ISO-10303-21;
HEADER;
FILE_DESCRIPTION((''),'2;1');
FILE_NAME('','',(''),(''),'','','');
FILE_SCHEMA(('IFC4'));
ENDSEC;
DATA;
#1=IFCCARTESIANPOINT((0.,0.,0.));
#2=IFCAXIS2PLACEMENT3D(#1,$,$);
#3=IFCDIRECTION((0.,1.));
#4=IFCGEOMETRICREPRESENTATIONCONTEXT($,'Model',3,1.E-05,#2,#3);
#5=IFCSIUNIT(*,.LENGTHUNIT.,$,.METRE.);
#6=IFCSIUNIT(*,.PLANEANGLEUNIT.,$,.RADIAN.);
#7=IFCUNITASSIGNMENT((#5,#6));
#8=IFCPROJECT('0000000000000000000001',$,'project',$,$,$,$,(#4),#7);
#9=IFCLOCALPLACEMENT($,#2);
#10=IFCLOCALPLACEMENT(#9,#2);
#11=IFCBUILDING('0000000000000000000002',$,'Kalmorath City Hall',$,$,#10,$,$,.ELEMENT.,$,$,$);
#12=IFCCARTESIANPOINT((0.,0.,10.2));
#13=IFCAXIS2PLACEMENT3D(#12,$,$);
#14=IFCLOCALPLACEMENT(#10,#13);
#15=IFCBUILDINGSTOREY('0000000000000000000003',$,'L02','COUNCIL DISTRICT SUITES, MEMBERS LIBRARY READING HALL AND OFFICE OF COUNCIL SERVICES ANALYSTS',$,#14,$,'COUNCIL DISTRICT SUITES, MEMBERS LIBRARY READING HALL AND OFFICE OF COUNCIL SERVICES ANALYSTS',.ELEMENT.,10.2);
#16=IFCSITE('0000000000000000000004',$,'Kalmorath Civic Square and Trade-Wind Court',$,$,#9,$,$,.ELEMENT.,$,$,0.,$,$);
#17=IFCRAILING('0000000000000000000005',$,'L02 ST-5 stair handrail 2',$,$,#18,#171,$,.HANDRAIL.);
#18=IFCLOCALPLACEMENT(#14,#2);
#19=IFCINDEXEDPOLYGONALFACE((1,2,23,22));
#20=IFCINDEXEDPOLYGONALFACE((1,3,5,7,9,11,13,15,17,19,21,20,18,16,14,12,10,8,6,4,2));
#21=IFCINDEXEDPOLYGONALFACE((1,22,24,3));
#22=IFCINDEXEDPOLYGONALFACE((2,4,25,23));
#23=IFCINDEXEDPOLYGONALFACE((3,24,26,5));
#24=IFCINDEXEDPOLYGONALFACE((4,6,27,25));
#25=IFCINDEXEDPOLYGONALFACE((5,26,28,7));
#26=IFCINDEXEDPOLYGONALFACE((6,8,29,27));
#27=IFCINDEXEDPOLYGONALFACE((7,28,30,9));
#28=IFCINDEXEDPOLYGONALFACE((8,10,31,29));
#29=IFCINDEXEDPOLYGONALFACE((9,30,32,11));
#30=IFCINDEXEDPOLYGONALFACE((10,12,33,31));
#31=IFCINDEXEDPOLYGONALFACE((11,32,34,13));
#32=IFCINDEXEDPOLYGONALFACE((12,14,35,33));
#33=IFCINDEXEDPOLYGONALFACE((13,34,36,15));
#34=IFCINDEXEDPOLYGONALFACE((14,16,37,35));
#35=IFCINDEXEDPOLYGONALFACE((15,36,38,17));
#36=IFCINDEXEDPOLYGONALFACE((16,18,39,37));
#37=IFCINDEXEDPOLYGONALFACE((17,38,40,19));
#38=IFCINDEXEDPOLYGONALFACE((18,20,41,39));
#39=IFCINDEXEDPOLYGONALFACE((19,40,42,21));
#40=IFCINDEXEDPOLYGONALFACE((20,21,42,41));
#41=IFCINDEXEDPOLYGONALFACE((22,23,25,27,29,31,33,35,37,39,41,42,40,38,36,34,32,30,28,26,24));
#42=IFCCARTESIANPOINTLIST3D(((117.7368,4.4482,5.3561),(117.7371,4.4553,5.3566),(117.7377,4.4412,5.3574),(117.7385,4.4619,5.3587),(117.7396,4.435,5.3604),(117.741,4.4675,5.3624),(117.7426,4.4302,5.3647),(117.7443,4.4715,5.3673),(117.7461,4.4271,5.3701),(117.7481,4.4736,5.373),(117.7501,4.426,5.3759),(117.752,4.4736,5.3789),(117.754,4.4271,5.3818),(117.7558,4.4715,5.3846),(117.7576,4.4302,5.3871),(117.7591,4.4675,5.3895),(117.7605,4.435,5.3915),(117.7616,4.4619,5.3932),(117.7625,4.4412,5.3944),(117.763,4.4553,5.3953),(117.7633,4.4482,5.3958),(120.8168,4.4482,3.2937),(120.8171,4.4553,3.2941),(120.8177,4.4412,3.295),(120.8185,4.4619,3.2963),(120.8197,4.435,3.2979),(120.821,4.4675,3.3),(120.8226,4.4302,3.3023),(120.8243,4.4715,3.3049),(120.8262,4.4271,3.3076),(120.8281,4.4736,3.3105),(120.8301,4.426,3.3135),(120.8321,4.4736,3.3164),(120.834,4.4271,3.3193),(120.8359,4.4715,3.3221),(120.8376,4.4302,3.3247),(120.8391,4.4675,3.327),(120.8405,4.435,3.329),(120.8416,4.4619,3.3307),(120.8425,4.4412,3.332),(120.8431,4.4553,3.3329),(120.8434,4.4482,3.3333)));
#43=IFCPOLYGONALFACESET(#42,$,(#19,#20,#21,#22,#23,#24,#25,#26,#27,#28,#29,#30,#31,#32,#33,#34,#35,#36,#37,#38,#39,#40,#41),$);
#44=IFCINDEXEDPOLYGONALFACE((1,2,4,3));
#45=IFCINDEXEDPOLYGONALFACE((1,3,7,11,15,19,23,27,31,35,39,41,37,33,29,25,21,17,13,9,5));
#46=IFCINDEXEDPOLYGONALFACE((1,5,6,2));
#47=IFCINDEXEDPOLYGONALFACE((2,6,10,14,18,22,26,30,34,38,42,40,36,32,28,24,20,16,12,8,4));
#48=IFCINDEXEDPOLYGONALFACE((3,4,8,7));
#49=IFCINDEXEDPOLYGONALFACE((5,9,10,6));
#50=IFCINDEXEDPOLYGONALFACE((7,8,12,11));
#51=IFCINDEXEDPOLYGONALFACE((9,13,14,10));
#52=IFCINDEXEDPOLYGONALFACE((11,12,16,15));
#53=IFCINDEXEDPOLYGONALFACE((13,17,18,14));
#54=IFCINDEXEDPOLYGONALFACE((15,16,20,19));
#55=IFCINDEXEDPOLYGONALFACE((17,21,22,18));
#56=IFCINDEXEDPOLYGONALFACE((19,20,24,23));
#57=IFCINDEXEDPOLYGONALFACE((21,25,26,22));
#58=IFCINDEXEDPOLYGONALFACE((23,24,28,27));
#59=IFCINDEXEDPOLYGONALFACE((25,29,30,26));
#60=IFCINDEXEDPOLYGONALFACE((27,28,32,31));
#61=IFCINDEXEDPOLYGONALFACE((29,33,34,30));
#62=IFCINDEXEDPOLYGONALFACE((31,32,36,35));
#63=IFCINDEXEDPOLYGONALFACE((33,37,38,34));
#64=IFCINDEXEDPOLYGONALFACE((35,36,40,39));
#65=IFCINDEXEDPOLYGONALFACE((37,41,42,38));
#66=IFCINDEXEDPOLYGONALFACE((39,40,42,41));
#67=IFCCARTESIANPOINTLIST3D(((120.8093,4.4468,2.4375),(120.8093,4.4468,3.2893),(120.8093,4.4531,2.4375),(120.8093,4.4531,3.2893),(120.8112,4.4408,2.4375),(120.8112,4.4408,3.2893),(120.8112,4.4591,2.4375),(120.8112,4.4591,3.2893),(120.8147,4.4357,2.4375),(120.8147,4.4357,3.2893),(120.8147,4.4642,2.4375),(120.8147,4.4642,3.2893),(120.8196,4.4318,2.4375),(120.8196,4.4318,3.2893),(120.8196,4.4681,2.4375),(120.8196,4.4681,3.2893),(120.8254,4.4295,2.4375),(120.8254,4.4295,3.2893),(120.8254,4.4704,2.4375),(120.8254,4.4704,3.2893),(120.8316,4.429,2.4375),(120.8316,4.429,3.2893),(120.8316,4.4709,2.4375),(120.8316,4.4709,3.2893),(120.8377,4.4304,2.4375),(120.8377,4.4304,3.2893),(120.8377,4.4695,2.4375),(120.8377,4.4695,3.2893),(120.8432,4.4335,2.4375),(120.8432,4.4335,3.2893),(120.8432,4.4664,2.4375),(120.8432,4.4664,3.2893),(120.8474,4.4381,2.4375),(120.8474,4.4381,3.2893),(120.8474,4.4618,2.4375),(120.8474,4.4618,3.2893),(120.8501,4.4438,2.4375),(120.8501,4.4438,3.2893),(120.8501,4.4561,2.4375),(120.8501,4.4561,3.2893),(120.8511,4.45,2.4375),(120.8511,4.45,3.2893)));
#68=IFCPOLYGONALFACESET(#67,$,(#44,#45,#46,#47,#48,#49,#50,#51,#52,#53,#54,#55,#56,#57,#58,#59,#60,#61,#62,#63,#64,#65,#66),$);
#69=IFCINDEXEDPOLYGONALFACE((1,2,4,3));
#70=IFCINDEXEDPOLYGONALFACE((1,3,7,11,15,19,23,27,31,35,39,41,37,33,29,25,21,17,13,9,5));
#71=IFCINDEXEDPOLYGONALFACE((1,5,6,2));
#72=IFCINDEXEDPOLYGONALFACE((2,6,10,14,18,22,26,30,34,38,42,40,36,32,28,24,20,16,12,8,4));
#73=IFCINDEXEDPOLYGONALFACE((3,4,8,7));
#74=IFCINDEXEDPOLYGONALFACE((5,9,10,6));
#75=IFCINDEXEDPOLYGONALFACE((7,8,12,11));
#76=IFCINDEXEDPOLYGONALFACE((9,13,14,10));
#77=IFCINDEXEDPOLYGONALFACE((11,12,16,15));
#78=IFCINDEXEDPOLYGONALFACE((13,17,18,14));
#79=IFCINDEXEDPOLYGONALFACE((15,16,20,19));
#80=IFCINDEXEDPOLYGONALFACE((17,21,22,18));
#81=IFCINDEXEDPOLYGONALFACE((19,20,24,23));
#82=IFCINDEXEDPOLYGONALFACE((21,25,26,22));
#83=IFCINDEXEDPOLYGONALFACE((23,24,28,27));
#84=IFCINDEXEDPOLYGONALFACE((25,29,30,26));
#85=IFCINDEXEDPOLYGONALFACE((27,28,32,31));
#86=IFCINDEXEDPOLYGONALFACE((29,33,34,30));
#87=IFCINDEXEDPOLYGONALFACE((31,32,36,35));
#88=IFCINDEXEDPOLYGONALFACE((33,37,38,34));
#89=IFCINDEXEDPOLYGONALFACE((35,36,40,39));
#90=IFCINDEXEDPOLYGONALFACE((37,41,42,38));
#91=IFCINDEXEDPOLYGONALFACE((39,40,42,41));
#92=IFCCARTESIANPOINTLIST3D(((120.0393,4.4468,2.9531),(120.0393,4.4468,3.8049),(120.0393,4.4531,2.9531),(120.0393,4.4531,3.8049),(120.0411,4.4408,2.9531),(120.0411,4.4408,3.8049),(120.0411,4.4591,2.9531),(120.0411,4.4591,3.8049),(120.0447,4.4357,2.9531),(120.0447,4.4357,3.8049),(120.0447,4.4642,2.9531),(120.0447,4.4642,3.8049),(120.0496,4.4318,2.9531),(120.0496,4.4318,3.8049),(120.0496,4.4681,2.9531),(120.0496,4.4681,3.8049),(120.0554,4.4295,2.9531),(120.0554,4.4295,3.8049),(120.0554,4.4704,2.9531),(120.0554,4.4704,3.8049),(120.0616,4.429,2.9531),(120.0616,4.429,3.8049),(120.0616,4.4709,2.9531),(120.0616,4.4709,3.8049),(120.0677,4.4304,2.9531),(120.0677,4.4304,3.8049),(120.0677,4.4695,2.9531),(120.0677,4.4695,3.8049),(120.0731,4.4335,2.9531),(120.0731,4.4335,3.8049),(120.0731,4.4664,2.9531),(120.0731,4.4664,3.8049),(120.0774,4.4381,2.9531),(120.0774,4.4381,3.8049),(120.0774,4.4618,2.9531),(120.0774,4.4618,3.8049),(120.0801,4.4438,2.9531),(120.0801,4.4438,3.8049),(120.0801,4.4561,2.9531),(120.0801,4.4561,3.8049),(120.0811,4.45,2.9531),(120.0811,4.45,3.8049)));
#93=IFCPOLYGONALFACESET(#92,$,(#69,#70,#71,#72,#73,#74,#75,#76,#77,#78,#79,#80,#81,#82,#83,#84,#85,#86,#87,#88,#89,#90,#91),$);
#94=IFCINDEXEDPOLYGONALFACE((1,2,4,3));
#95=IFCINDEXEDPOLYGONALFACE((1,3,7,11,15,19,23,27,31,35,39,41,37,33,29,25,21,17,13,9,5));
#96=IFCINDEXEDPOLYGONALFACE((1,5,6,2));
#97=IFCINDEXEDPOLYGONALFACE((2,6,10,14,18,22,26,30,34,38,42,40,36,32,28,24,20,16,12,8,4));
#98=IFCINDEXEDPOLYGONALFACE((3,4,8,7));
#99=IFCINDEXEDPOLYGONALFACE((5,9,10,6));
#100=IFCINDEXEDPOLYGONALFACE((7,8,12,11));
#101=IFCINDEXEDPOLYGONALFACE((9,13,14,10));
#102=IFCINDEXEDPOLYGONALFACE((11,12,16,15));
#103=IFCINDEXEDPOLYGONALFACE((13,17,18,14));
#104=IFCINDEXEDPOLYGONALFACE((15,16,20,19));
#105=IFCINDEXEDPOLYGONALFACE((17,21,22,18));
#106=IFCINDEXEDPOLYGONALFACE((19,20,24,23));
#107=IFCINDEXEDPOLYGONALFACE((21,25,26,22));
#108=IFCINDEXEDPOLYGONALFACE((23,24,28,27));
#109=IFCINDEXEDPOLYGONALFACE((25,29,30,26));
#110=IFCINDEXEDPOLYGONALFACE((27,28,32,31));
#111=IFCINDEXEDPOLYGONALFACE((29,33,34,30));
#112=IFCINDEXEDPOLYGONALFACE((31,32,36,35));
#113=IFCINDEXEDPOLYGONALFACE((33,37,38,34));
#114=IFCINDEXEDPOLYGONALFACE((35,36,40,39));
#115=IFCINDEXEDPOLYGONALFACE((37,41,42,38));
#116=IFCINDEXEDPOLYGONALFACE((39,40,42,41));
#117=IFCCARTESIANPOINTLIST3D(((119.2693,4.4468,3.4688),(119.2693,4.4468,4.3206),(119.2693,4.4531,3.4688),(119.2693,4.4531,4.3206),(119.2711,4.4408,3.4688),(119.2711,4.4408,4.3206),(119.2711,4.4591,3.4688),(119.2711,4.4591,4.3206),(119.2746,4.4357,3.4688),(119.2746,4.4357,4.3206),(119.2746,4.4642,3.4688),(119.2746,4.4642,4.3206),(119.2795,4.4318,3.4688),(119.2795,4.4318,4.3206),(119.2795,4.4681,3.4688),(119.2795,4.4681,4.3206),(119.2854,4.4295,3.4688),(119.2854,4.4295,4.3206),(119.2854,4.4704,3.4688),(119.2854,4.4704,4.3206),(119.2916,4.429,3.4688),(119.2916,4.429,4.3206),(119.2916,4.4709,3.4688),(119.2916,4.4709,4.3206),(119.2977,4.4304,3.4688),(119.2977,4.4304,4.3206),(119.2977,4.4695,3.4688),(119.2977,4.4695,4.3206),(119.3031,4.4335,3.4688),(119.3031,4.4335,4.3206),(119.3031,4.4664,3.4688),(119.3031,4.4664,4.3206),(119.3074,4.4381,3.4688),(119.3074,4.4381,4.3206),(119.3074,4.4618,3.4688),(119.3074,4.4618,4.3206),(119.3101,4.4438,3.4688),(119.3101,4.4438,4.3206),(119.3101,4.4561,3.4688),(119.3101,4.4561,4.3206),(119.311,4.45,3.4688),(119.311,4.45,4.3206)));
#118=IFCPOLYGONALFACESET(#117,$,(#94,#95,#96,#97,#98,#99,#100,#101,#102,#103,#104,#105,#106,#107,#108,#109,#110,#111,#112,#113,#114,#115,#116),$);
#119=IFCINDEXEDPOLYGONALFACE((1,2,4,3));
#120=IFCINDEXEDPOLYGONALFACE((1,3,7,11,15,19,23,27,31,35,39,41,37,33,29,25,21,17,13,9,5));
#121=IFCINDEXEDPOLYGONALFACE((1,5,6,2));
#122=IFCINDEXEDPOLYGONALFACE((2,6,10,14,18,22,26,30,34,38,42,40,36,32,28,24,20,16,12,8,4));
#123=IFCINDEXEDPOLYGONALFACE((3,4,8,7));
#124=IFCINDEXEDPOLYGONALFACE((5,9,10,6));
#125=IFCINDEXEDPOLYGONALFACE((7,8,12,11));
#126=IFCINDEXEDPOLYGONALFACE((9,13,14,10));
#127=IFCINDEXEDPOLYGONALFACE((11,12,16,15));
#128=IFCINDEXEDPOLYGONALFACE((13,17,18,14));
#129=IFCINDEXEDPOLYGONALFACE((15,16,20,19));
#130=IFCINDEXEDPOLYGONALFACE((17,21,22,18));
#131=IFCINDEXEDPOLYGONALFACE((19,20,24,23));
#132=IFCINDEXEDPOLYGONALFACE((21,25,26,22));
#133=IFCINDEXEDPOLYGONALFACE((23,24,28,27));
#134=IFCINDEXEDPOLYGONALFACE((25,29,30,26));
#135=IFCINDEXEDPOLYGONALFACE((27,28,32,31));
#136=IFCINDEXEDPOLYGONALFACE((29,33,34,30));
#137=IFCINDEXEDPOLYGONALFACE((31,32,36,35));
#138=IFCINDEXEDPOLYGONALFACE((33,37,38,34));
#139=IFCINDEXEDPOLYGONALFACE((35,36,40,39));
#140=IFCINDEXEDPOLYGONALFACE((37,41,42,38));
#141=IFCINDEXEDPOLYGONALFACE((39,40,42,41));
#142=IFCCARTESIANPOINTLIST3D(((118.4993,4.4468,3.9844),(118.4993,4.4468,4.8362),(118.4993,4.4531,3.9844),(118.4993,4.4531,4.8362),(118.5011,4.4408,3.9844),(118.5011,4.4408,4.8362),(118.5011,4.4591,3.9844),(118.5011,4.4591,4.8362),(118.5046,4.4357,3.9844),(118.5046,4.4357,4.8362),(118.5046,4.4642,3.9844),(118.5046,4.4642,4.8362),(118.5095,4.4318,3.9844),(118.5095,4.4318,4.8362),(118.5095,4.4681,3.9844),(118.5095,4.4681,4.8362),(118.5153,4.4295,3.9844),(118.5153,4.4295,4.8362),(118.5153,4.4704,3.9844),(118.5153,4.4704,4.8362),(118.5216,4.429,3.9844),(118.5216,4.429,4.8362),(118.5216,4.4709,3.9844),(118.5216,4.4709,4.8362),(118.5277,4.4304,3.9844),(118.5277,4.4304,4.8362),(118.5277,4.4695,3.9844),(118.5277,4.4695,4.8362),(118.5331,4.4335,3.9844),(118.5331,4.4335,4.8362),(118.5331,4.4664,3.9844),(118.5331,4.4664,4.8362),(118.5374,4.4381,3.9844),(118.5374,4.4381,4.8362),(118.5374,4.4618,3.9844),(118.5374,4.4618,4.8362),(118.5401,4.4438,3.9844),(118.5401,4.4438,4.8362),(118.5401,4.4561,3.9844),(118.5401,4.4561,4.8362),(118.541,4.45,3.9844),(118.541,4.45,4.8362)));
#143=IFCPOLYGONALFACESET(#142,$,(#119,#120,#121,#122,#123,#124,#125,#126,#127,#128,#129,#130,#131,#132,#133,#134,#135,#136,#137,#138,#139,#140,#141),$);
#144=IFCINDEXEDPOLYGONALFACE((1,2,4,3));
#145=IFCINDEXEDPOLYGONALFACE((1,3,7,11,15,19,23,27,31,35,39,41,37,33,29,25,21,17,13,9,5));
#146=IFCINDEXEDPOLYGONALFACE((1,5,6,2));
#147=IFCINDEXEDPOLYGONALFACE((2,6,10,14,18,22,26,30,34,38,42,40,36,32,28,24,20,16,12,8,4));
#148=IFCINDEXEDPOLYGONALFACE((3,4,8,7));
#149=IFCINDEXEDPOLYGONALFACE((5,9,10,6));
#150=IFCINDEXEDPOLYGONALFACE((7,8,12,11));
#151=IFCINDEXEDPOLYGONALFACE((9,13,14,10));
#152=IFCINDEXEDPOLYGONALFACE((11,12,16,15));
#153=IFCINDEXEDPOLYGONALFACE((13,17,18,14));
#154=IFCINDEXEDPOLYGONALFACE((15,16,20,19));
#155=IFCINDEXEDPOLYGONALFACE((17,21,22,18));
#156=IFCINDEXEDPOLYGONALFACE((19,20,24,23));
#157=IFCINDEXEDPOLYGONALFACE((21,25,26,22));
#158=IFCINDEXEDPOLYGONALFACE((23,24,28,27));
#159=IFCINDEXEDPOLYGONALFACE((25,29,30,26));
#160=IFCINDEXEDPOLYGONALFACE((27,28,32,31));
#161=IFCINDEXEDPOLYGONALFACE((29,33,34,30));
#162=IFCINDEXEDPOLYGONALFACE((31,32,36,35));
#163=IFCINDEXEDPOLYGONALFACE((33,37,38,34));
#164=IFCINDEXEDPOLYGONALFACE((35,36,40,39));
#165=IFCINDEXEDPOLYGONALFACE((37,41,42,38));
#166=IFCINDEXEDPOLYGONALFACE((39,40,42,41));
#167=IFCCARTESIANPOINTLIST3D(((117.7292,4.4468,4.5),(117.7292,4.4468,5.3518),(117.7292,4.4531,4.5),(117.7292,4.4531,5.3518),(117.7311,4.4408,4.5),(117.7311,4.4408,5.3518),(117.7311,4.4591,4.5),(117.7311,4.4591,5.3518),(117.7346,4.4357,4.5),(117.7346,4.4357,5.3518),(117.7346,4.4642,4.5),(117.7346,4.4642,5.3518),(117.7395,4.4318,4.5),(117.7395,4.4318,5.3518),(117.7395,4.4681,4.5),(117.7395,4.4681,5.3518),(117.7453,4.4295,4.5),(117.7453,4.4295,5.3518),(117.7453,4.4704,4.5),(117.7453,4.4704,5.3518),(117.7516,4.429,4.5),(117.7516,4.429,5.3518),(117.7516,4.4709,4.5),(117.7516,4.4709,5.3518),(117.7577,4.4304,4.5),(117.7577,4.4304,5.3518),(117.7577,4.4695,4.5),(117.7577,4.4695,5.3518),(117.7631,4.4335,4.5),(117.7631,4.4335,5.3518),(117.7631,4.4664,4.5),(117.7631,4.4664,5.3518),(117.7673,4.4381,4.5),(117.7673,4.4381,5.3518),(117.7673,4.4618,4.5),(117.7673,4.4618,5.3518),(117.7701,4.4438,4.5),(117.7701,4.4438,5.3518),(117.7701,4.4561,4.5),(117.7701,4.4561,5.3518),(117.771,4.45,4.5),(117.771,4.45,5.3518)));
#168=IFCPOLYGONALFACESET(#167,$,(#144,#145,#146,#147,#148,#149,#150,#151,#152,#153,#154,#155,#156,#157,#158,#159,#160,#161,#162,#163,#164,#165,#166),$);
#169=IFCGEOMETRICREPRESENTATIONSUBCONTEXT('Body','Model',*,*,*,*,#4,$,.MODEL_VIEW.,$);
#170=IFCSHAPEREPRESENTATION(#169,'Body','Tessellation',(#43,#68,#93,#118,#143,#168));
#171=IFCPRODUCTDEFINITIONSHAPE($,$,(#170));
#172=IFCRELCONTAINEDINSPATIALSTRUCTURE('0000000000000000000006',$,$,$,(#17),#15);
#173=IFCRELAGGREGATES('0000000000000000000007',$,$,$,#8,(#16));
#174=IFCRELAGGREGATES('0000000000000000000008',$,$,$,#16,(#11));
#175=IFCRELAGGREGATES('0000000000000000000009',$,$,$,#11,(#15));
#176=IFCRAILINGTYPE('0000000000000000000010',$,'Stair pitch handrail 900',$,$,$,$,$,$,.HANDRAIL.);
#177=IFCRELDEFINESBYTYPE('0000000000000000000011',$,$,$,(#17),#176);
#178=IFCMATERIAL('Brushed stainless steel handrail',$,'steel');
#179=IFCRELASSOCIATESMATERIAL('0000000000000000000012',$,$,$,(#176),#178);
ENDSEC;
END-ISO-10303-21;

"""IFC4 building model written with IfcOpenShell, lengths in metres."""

from ifc_helpers import new_model, si_unit, direction, frame, origin, origin_2d, place, context, subcontext, project, spatial, circle, extrude, material, type_object, element, save


model = new_model("IFC4")

# Units and contexts
model_context = context("Model", 3, precision=1e-05, world=origin(), true_north=direction((0.0, 1.0)))
body_context = subcontext(model_context, "Body", "Model", "MODEL_VIEW")
ifc_project = project(units=[si_unit("LENGTHUNIT", "METRE"), si_unit("PLANEANGLEUNIT", "RADIAN")], contexts=[model_context])

# Site, building, storey
site_placement = place(None, origin())
site = spatial("IfcSite", under=ifc_project, at=site_placement, Name="Kalmorath Civic Square and Trade-Wind Court", CompositionType="ELEMENT", RefElevation=0.0)
building_placement = place(site_placement, origin())
building = spatial("IfcBuilding", under=site, at=building_placement, Name="Kalmorath City Hall", CompositionType="ELEMENT")
storey_placement = place(building_placement, frame((0.0, 0.0, 10.2)))
storey = spatial("IfcBuildingStorey", under=building, at=storey_placement, Name="L02", Description="COUNCIL DISTRICT SUITES, MEMBERS LIBRARY READING HALL AND OFFICE OF COUNCIL SERVICES ANALYSTS", LongName="COUNCIL DISTRICT SUITES, MEMBERS LIBRARY READING HALL AND OFFICE OF COUNCIL SERVICES ANALYSTS", CompositionType="ELEMENT", Elevation=10.2)

# Railing
ifc_material_1 = material(Name="Brushed stainless steel handrail", Category="steel")
railing_type_1 = type_object("IfcRailingType", Name="Stair pitch handrail 900", PredefinedType="HANDRAIL", material=ifc_material_1)
railing_1_placement = place(storey_placement, frame((120.8301, 4.45, 2.4375)))
element("IfcRailing", 1, at=railing_1_placement, inside=storey, type_object=railing_type_1, Name="L02 ST-5 stair handrail 2", PredefinedType="HANDRAIL", context=body_context, shape_type="SweptSolid", body=[
    extrude(circle(Radius=0.0239, at=origin_2d()), frame((0.0, 0.0, 0.876), z_axis=(-0.830914, 0.0, 0.556401), x_axis=(0.0, -1.0, 0.0)), (0.0, 0.0, 1.0), 3.7068),
    extrude(circle(Radius=0.021, at=origin_2d()), origin(), (0.0, 0.0, 1.0), 0.8518),
    extrude(circle(Radius=0.021, at=origin_2d()), frame((-0.77, 0.0, 0.5156)), (0.0, 0.0, 1.0), 0.8518),
    extrude(circle(Radius=0.021, at=origin_2d()), frame((-1.54, 0.0, 1.0312)), (0.0, 0.0, 1.0), 0.8518),
    extrude(circle(Radius=0.021, at=origin_2d()), frame((-2.3101, 0.0, 1.5469)), (0.0, 0.0, 1.0), 0.8518),
    extrude(circle(Radius=0.021, at=origin_2d()), frame((-3.0801, 0.0, 2.0625)), (0.0, 0.0, 1.0), 0.8518),
])

save(model, "model.ifc")
